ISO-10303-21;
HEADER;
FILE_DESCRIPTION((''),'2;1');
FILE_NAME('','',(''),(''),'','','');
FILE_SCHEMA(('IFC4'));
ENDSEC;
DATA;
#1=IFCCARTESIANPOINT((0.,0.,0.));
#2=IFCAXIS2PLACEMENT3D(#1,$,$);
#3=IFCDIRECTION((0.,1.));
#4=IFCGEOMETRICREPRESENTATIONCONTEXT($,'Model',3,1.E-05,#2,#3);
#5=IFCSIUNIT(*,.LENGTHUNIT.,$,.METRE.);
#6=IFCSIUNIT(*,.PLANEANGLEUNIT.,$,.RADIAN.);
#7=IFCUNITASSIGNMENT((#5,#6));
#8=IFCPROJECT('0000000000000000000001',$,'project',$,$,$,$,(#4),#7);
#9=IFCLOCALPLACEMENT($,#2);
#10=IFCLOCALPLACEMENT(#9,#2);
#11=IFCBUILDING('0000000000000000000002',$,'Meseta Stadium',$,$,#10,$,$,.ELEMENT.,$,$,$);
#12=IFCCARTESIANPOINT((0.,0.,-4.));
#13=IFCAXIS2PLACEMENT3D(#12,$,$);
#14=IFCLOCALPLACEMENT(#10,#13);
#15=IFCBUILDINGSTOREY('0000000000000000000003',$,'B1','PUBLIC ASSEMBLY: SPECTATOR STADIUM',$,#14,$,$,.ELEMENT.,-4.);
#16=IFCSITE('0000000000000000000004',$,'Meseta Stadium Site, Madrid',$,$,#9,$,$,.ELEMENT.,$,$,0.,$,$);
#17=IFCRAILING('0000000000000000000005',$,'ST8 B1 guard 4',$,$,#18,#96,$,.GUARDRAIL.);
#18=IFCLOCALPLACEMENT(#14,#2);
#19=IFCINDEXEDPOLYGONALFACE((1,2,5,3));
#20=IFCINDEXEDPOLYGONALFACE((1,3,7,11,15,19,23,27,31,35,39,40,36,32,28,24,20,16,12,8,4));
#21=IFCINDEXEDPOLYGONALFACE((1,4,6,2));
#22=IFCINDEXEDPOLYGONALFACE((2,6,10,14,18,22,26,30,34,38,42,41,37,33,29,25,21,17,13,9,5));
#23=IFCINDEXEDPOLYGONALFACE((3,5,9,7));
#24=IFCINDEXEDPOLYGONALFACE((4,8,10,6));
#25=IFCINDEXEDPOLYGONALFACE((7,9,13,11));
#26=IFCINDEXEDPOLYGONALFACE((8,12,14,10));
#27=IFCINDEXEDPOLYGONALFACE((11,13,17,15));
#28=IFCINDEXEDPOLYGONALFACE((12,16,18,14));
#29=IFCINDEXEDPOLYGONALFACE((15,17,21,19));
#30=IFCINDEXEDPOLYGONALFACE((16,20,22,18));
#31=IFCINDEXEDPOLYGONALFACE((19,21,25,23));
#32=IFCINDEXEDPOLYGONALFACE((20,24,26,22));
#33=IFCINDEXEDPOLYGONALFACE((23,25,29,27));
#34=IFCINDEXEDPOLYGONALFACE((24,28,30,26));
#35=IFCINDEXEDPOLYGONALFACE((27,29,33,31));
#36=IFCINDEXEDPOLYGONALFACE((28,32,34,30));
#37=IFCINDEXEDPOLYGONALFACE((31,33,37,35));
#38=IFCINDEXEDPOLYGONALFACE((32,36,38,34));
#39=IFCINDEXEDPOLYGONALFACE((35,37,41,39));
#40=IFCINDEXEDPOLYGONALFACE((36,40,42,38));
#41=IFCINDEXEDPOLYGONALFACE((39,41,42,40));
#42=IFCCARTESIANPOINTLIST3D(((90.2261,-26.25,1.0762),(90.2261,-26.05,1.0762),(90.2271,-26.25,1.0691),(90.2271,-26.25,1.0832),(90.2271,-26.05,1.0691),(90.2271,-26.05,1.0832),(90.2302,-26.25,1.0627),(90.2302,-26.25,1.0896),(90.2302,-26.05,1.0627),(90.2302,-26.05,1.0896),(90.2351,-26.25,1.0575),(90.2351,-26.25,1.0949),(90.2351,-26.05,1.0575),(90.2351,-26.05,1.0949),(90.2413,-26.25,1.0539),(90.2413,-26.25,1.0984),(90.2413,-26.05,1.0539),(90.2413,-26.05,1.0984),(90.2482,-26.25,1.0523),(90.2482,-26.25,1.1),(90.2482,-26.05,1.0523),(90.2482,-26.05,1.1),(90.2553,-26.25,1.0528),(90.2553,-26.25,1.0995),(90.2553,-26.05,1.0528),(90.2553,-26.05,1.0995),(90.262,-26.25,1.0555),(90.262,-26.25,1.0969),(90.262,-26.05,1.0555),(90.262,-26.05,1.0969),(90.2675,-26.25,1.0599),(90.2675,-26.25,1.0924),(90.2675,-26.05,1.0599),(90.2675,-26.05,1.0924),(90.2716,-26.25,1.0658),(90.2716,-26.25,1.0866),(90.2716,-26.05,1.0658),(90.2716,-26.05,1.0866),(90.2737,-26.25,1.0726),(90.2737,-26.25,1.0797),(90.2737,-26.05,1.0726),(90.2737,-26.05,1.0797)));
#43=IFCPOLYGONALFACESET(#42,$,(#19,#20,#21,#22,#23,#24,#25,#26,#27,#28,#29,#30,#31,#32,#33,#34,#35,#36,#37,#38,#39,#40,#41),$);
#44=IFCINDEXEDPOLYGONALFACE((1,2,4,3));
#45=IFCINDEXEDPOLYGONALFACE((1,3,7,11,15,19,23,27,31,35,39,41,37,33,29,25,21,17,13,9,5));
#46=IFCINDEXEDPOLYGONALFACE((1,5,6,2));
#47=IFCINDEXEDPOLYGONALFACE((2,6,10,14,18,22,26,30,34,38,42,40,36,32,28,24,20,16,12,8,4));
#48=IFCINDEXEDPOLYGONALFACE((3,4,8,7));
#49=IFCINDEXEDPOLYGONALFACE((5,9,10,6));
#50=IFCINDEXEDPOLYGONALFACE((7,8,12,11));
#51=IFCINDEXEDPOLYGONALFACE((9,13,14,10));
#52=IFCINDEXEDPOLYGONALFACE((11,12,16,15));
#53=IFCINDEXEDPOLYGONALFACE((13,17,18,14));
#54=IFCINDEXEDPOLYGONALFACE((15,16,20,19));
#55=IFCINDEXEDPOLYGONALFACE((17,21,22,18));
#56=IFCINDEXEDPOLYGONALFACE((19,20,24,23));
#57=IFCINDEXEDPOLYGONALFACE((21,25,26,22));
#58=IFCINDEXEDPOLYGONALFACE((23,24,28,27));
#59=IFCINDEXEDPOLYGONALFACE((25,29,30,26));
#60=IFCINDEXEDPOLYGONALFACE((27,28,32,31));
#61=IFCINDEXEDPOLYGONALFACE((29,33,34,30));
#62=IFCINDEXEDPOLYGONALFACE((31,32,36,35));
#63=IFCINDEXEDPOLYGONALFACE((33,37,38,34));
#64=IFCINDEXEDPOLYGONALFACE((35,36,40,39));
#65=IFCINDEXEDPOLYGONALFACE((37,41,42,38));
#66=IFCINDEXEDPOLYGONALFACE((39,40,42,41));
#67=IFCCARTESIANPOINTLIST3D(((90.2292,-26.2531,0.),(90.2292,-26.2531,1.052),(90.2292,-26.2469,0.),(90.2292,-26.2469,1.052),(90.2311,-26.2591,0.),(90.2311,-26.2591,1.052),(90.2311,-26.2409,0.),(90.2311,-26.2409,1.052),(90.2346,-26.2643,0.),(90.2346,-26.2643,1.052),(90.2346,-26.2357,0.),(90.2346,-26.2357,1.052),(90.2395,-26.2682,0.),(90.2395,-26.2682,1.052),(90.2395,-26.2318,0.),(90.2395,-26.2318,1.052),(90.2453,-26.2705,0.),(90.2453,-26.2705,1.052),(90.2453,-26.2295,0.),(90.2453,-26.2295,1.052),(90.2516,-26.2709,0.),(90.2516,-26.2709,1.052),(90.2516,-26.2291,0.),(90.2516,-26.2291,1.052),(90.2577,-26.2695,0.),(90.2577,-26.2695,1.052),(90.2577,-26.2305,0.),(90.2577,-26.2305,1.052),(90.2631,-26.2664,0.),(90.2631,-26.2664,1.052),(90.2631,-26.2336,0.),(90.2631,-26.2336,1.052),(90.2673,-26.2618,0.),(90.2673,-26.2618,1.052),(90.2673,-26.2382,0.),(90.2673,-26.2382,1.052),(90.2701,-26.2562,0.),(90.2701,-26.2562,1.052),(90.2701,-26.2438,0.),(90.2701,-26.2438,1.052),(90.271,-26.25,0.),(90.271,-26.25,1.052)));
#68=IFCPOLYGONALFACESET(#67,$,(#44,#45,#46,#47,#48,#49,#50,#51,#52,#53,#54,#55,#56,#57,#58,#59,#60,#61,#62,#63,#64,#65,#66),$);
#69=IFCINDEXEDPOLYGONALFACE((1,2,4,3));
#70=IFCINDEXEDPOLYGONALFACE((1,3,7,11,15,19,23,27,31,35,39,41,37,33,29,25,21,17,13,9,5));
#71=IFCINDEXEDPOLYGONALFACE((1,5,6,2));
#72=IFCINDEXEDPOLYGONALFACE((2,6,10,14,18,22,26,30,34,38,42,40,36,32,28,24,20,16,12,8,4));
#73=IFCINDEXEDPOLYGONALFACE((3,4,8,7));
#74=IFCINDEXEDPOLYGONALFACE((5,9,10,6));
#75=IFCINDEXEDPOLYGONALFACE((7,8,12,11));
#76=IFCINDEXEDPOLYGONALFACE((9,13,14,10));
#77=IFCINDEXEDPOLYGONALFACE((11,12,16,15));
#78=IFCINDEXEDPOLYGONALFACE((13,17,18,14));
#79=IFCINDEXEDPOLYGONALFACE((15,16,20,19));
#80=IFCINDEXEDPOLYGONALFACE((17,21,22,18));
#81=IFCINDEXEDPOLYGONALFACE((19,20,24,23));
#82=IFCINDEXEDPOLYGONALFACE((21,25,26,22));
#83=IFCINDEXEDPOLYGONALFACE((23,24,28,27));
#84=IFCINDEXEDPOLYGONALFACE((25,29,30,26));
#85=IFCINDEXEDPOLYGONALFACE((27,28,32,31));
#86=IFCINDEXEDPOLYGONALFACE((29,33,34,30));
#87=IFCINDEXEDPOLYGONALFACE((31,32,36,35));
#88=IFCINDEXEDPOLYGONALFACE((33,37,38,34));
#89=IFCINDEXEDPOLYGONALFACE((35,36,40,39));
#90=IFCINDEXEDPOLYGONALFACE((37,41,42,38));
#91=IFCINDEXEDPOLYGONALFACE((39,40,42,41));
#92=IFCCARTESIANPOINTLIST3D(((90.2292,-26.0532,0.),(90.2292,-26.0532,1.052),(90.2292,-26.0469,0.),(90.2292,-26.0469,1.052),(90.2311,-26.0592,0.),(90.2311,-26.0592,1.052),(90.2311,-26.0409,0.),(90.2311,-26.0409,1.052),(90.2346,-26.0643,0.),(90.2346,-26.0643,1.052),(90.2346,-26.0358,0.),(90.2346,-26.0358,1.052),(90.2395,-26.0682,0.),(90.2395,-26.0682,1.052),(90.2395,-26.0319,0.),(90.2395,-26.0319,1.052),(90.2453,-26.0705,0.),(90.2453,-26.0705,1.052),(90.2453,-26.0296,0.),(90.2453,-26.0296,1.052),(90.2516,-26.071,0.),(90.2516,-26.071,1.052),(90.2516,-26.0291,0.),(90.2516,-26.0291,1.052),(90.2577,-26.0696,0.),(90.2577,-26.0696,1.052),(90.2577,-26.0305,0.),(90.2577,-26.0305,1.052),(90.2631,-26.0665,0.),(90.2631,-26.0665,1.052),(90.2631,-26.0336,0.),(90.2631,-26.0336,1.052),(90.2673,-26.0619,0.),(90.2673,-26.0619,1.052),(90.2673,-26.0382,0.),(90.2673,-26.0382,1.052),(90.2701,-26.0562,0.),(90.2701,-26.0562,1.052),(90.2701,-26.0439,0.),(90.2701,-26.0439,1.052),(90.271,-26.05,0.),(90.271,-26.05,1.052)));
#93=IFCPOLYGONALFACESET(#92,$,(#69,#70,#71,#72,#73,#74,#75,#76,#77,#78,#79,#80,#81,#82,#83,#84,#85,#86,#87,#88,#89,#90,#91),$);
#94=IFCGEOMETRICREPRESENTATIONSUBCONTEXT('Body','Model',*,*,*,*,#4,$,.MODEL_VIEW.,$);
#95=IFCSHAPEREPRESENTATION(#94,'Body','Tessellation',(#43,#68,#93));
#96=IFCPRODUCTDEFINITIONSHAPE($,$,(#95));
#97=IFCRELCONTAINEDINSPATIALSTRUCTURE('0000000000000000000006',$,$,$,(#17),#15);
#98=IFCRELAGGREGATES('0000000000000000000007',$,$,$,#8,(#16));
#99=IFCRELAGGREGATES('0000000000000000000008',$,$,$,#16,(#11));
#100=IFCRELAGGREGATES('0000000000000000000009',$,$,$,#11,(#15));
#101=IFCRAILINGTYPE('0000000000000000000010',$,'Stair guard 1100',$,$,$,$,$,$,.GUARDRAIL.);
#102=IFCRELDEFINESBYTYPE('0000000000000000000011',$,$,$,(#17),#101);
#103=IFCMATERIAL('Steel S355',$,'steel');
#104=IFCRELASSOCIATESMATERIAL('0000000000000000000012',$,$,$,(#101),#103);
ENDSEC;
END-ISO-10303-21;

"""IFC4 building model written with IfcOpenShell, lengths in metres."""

from ifc_helpers import new_model, si_unit, direction, frame, origin, origin_2d, place, context, subcontext, project, spatial, circle, extrude, material, type_object, element, save


model = new_model("IFC4")

# Units and contexts
model_context = context("Model", 3, precision=1e-05, world=origin(), true_north=direction((0.0, 1.0)))
body_context = subcontext(model_context, "Body", "Model", "MODEL_VIEW")
ifc_project = project(units=[si_unit("LENGTHUNIT", "METRE"), si_unit("PLANEANGLEUNIT", "RADIAN")], contexts=[model_context])

# Site, building, storey
site_placement = place(None, origin())
site = spatial("IfcSite", under=ifc_project, at=site_placement, Name="Meseta Stadium Site, Madrid", CompositionType="ELEMENT", RefElevation=0.0)
building_placement = place(site_placement, origin())
building = spatial("IfcBuilding", under=site, at=building_placement, Name="Meseta Stadium", CompositionType="ELEMENT")
storey_placement = place(building_placement, frame((0.0, 0.0, -4.0)))
storey = spatial("IfcBuildingStorey", under=building, at=storey_placement, Name="B1", Description="PUBLIC ASSEMBLY: SPECTATOR STADIUM", CompositionType="ELEMENT", Elevation=-4.0)

# Railing
ifc_material_1 = material(Name="Steel S355", Category="steel")
railing_type_1 = type_object("IfcRailingType", Name="Stair guard 1100", PredefinedType="GUARDRAIL", material=ifc_material_1)
railing_1_placement = place(storey_placement, frame((90.25, -26.25, 0.0)))
element("IfcRailing", 1, at=railing_1_placement, inside=storey, type_object=railing_type_1, Name="ST8 B1 guard 4", PredefinedType="GUARDRAIL", context=body_context, shape_type="SweptSolid", body=[
    extrude(circle(Radius=0.0239, at=origin_2d()), frame((0.0, 0.0, 1.0762), z_axis=(0.0, 1.0, 0.0), x_axis=(-1.0, 0.0, 0.0)), (0.0, 0.0, 1.0), 0.2),
    extrude(circle(Radius=0.021, at=origin_2d()), origin(), (0.0, 0.0, 1.0), 1.052),
    extrude(circle(Radius=0.021, at=origin_2d()), frame((0.0, 0.2, 0.0)), (0.0, 0.0, 1.0), 1.052),
])

save(model, "model.ifc")
